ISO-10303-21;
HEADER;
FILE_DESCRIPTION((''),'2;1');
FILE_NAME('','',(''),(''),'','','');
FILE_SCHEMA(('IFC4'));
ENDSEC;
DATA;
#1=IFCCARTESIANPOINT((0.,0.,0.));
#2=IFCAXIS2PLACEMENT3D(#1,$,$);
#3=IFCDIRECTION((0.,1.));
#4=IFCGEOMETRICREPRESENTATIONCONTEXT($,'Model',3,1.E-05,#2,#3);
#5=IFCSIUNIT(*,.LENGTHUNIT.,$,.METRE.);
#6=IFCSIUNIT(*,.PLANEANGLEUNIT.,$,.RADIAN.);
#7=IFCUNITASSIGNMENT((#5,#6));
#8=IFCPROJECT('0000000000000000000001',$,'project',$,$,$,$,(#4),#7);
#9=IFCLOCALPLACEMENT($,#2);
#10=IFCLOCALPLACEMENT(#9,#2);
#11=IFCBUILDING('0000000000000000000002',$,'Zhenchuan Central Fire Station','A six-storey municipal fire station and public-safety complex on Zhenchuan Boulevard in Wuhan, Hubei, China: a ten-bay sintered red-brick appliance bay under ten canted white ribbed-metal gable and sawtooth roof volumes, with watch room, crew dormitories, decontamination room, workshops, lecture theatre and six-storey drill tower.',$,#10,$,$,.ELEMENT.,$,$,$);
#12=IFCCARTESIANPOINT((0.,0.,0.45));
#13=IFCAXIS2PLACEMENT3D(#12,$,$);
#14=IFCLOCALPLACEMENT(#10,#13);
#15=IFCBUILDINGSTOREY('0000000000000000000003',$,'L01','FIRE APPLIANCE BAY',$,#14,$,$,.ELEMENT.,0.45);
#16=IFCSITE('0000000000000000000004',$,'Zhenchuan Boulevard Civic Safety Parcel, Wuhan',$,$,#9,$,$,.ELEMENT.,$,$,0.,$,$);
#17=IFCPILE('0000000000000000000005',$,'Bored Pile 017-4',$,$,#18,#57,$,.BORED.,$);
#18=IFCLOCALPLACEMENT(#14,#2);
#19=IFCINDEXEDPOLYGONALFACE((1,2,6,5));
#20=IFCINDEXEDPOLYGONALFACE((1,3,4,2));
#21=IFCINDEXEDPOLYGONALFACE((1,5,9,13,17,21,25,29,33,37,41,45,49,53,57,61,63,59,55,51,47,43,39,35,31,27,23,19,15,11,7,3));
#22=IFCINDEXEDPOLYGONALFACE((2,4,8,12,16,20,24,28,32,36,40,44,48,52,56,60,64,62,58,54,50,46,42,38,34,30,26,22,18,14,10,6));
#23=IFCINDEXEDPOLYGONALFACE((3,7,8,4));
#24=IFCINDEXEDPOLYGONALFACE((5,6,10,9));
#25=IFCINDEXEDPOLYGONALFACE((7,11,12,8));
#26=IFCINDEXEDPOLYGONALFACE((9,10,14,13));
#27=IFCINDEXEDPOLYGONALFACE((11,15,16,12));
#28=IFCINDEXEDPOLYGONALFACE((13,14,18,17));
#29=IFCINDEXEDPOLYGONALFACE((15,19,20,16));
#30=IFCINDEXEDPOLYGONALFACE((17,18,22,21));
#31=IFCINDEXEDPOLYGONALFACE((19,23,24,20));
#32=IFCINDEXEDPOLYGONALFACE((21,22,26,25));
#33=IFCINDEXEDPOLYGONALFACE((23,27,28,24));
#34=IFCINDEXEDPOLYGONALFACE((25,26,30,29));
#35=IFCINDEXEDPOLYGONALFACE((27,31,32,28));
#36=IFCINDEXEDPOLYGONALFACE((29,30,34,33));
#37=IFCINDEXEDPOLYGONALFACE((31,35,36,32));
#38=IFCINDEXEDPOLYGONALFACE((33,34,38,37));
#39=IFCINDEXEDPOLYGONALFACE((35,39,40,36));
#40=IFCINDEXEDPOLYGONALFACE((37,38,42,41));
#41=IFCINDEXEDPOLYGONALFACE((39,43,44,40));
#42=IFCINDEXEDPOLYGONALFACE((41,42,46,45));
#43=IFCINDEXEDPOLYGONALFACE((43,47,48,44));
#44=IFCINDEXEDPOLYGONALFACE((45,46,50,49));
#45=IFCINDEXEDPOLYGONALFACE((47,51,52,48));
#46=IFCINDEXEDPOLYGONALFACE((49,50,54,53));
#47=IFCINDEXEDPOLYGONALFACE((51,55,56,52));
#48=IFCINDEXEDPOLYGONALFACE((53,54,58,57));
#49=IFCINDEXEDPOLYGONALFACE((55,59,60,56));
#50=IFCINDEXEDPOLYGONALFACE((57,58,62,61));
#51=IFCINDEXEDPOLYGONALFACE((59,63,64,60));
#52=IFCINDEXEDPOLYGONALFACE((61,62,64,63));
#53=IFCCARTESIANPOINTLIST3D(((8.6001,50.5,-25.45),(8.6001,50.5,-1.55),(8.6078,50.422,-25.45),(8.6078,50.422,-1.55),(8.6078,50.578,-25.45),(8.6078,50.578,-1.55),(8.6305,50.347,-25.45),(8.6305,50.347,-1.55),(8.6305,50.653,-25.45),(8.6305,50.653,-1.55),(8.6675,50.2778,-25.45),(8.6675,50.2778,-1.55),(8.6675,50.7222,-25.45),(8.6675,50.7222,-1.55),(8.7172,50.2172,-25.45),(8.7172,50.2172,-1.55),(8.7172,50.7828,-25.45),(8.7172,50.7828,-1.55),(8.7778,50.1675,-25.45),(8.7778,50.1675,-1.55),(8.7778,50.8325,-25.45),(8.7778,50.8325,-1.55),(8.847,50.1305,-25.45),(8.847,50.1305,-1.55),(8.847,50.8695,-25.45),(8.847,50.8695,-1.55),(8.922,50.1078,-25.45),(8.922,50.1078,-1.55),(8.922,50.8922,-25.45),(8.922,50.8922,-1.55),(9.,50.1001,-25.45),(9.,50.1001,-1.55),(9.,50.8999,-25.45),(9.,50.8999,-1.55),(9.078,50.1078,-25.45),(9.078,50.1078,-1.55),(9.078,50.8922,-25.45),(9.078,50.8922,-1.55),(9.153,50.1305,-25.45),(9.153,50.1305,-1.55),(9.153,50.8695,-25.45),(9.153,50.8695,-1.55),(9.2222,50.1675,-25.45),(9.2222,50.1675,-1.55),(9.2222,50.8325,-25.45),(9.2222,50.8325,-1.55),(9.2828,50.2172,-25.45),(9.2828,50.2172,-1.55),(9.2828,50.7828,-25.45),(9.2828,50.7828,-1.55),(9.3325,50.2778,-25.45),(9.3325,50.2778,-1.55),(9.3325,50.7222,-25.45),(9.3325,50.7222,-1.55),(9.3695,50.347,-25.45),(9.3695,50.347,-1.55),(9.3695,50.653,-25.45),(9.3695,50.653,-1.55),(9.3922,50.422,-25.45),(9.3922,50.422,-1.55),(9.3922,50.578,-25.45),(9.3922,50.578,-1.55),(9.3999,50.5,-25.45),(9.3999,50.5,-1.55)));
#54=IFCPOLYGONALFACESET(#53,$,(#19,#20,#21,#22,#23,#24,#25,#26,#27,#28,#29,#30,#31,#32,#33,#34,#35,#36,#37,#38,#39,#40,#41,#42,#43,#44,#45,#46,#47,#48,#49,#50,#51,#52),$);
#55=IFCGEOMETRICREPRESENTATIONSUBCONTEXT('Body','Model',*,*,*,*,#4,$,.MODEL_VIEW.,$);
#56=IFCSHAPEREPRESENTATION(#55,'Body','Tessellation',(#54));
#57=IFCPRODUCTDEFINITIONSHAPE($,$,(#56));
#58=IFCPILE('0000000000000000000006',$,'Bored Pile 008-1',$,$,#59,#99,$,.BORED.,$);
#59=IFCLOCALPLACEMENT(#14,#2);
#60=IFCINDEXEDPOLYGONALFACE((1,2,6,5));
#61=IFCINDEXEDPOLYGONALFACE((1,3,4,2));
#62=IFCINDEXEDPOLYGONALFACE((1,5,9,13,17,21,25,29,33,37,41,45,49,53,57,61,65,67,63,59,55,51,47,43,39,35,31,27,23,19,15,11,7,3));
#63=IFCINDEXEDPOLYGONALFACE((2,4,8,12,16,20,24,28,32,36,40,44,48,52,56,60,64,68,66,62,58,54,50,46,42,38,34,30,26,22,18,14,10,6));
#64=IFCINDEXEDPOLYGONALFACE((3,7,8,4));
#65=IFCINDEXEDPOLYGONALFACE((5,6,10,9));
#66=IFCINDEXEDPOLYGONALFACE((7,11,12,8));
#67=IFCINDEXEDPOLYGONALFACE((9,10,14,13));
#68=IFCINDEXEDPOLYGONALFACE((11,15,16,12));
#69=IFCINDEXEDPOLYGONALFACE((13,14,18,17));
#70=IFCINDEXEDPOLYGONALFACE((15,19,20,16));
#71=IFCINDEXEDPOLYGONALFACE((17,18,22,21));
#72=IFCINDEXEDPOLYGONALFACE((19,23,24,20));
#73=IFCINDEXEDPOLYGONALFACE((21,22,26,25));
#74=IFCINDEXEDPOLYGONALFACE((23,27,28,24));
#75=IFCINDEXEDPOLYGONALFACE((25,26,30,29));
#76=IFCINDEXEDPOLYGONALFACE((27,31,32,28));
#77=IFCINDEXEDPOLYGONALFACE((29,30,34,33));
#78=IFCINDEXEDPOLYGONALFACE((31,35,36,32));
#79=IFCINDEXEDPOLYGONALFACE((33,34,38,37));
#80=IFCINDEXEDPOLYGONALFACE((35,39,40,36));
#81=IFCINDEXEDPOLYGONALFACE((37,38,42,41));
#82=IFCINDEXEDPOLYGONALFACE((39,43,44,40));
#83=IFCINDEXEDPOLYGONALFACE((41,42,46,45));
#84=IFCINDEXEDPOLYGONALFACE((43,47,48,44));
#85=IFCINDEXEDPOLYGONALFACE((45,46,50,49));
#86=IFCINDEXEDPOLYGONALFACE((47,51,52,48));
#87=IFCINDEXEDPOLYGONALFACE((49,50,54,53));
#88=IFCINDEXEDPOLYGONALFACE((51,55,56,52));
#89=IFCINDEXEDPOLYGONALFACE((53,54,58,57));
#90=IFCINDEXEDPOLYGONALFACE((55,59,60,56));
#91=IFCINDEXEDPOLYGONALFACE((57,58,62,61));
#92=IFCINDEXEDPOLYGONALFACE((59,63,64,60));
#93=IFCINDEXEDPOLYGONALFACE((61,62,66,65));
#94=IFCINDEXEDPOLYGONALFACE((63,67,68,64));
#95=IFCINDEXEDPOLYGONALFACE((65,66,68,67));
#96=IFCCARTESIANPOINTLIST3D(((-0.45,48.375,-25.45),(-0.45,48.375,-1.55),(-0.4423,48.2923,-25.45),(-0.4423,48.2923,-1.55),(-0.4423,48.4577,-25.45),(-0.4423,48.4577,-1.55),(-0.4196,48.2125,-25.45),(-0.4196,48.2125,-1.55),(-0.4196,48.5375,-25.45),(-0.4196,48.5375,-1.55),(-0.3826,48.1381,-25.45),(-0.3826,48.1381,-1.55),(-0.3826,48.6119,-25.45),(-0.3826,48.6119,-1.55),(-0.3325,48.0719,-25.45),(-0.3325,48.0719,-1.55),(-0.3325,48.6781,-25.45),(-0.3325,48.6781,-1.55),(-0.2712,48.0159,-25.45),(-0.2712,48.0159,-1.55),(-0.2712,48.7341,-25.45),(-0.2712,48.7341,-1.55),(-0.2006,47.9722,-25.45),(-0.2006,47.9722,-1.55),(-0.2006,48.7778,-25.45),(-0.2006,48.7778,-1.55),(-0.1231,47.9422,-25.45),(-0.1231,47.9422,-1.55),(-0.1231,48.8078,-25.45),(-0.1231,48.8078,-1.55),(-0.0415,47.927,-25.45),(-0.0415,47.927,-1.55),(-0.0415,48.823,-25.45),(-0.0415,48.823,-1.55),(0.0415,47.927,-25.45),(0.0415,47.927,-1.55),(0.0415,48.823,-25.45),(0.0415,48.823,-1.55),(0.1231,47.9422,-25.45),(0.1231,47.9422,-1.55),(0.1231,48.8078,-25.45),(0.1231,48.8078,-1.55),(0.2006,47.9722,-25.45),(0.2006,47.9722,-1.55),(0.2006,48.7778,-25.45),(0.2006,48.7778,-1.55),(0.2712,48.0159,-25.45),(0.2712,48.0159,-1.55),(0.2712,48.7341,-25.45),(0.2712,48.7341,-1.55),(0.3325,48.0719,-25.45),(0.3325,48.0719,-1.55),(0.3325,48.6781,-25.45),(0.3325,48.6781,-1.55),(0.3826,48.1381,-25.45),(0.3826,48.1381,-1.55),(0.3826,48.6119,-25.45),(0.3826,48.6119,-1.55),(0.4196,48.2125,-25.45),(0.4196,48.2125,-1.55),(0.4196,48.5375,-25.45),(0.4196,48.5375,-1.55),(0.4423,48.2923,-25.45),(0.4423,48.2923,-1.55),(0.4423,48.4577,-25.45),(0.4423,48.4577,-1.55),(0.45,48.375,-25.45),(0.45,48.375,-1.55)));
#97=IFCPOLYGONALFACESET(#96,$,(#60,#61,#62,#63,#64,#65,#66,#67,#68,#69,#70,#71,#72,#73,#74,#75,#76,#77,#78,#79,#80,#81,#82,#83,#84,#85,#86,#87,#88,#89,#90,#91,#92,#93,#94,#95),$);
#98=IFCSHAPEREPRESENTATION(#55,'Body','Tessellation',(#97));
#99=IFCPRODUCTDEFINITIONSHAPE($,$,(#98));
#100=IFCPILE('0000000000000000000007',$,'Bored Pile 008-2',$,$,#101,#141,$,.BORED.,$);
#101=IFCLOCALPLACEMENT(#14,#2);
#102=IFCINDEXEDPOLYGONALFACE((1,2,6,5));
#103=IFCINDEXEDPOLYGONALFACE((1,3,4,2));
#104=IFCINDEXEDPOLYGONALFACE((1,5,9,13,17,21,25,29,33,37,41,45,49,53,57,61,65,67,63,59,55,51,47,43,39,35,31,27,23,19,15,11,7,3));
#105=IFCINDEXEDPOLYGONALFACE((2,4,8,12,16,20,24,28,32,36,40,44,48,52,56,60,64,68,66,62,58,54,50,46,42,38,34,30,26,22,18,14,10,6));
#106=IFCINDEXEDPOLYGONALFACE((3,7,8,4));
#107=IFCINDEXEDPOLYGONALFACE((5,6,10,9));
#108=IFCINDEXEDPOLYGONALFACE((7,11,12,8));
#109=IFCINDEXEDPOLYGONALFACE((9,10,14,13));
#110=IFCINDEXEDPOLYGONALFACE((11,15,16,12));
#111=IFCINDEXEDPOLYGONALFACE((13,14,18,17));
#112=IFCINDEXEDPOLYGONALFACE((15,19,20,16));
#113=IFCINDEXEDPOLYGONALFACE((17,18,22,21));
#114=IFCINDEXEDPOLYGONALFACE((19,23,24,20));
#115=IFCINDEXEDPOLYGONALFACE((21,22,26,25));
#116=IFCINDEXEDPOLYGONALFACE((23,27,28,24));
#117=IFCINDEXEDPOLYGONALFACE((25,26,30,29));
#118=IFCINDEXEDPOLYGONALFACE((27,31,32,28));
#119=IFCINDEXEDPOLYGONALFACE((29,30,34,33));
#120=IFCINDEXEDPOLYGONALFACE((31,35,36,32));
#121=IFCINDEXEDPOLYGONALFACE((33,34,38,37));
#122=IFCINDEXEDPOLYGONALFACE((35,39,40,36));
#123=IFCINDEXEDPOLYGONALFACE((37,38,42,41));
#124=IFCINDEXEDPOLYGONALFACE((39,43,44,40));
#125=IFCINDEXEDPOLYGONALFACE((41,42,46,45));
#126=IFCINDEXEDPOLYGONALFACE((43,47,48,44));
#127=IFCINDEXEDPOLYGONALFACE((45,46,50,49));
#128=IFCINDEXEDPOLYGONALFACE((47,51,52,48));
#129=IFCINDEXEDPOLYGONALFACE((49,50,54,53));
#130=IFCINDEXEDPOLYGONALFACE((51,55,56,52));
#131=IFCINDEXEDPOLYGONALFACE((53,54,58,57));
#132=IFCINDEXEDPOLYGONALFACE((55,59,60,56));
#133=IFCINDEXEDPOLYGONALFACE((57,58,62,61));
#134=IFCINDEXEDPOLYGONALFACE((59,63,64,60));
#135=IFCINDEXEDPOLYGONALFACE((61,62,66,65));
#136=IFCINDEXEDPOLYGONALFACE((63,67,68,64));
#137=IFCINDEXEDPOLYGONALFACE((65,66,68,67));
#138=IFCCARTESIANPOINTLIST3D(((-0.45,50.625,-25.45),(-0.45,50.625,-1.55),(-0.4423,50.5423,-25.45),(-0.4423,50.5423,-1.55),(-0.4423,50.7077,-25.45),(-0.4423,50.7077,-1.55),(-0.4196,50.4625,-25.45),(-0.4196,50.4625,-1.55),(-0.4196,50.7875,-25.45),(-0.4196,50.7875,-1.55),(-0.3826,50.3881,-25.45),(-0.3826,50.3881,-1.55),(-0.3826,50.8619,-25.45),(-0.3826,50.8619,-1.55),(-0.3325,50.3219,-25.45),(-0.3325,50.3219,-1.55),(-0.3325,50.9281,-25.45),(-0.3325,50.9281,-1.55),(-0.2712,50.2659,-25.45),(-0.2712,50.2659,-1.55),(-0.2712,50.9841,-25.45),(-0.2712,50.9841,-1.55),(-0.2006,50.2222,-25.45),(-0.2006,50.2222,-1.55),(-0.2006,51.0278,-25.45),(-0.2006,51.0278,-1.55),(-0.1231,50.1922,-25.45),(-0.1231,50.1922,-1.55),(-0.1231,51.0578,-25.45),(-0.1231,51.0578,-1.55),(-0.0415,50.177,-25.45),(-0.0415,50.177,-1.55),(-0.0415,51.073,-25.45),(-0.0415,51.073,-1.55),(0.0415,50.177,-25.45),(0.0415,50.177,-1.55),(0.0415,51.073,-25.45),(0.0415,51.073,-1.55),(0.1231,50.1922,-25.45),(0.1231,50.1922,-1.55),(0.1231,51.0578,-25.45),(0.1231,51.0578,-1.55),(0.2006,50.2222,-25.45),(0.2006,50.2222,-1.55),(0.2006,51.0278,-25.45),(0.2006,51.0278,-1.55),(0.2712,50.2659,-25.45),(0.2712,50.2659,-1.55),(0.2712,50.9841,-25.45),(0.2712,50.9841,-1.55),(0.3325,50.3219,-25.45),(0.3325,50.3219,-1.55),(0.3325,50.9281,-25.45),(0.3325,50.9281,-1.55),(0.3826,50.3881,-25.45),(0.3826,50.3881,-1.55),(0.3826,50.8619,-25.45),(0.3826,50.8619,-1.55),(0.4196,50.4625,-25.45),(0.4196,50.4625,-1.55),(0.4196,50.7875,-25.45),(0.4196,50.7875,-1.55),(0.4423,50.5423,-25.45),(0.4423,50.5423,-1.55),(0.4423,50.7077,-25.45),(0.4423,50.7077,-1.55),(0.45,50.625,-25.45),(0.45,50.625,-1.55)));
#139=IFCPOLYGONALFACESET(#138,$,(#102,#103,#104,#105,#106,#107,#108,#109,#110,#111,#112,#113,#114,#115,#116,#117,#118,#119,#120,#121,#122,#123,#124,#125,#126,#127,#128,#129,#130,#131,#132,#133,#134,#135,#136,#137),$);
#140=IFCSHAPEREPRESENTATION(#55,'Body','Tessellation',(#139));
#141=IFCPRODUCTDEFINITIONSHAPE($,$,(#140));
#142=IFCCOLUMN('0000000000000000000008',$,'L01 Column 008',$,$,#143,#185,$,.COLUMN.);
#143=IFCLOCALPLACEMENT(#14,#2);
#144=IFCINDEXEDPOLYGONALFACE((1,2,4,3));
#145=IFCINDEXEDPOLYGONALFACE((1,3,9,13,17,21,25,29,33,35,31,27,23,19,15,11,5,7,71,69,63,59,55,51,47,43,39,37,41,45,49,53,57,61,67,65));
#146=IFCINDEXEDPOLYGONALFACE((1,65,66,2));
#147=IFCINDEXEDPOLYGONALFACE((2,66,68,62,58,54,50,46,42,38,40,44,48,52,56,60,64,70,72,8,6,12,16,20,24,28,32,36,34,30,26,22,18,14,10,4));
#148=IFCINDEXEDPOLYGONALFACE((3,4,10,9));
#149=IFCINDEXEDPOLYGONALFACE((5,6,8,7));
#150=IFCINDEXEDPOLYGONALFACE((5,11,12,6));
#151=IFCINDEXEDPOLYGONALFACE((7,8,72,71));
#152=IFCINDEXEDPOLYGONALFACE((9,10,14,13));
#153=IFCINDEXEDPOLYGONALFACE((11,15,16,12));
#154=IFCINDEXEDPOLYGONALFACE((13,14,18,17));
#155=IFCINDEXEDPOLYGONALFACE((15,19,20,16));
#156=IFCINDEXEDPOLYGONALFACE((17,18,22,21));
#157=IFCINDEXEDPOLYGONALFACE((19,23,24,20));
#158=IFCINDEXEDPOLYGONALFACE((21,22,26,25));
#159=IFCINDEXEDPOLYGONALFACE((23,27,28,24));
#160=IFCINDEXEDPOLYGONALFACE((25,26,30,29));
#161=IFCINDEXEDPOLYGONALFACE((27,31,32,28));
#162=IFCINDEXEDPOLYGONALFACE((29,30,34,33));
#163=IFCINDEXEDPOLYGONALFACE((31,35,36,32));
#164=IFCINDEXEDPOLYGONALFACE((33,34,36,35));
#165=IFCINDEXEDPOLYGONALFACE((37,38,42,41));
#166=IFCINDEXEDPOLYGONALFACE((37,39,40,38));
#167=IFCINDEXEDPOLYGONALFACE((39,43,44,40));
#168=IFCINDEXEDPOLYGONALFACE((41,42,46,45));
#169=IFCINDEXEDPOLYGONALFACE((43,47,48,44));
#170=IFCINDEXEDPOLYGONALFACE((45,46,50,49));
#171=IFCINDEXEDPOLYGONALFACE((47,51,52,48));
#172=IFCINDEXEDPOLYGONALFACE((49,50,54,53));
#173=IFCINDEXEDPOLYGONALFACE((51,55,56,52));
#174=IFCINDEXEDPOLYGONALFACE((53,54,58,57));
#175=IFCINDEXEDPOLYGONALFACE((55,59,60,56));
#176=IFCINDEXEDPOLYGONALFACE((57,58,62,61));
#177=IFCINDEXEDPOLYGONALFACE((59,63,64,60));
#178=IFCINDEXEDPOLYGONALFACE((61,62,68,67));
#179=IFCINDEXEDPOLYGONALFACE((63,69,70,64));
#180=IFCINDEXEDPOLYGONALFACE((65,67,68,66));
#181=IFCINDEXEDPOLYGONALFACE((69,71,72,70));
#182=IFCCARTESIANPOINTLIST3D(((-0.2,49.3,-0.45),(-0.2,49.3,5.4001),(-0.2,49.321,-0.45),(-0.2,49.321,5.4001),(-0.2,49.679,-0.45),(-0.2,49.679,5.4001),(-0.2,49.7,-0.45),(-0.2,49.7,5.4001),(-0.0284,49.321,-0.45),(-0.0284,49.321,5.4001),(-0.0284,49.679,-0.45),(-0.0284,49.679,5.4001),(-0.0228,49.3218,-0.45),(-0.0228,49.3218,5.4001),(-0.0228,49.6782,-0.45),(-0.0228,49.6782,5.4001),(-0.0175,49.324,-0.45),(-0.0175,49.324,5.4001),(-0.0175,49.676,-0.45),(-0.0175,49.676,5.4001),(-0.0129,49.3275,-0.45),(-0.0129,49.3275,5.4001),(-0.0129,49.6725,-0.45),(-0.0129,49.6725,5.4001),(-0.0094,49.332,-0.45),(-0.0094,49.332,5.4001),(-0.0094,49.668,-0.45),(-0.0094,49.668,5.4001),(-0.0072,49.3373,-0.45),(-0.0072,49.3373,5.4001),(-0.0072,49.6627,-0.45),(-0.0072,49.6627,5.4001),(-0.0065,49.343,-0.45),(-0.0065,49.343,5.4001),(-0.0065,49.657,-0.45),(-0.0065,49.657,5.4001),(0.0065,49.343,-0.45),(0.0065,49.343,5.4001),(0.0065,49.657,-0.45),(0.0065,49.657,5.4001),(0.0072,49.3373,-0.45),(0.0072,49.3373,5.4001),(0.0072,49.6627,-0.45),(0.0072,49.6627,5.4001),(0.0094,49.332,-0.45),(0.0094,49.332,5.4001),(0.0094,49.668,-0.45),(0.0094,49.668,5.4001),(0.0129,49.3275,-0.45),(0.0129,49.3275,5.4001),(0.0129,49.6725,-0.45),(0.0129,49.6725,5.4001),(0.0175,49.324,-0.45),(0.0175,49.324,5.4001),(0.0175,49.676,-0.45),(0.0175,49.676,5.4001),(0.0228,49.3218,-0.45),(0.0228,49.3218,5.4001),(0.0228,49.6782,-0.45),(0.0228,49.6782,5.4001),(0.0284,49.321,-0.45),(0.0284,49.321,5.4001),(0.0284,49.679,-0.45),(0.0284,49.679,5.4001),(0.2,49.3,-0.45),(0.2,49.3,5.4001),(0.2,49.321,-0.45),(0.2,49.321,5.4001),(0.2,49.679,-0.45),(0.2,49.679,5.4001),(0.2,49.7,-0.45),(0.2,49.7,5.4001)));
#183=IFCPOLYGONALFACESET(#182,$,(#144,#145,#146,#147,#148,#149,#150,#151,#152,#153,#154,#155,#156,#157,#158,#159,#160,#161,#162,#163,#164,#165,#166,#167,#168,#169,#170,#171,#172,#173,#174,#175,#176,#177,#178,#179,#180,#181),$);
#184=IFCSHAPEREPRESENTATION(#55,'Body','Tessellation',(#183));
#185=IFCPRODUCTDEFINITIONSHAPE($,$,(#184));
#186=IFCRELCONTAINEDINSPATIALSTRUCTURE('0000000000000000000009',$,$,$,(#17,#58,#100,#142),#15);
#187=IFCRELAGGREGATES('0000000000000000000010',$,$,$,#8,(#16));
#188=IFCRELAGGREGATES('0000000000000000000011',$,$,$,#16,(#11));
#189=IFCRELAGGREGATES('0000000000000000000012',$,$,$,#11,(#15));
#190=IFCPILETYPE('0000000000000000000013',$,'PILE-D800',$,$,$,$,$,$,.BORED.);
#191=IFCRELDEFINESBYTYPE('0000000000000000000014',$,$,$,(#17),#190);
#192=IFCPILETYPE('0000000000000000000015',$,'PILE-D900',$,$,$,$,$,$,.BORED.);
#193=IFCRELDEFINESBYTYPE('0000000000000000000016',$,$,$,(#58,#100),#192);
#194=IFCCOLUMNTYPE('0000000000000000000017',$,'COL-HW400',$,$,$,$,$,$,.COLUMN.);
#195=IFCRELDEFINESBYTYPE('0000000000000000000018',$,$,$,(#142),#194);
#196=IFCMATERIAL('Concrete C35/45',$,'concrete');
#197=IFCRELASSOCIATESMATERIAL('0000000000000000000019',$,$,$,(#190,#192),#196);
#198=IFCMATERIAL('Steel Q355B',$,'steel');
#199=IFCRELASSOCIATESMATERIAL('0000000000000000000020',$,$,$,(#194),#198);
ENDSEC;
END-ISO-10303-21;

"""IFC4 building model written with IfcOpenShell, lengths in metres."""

from ifc_helpers import new_model, si_unit, direction, frame, origin, origin_2d, place, context, subcontext, project, spatial, circle, i_section, extrude, material, material_profile, profile_set, type_object, element, save


model = new_model("IFC4")

# Units and contexts
model_context = context("Model", 3, precision=1e-05, world=origin(), true_north=direction((0.0, 1.0)))
body_context = subcontext(model_context, "Body", "Model", "MODEL_VIEW")
ifc_project = project(units=[si_unit("LENGTHUNIT", "METRE"), si_unit("PLANEANGLEUNIT", "RADIAN")], contexts=[model_context])

# Site, building, storey
site_placement = place(None, origin())
site = spatial("IfcSite", under=ifc_project, at=site_placement, Name="Zhenchuan Boulevard Civic Safety Parcel, Wuhan", CompositionType="ELEMENT", RefElevation=0.0)
building_placement = place(site_placement, origin())
building = spatial("IfcBuilding", under=site, at=building_placement, Name="Zhenchuan Central Fire Station", Description="A six-storey municipal fire station and public-safety complex on Zhenchuan Boulevard in Wuhan, Hubei, China: a ten-bay sintered red-brick appliance bay under ten canted white ribbed-metal gable and sawtooth roof volumes, with watch room, crew dormitories, decontamination room, workshops, lecture theatre and six-storey drill tower.", CompositionType="ELEMENT")
storey_placement = place(building_placement, frame((0.0, 0.0, 0.45)))
storey = spatial("IfcBuildingStorey", under=building, at=storey_placement, Name="L01", Description="FIRE APPLIANCE BAY", CompositionType="ELEMENT", Elevation=0.45)

# Piles
ifc_material_1 = material(Name="Concrete C35/45", Category="concrete")
ifc_material_profile_1 = material_profile(ifc_material_1, circle(Radius=0.3999, at=origin_2d()), Name="PILE D800")
ifc_profile_set_1 = profile_set([ifc_material_profile_1], Name="Concrete C35/45")
pile_type_1 = type_object("IfcPileType", Name="PILE-D800", PredefinedType="BORED", material=ifc_profile_set_1)
for number, where, z_axis, x_axis, name in (
    (1, (9.0, 50.5, -1.55), (0.0, 0.0, -1.0), (1.0, 0.0, 0.0), "Bored Pile 017-4"),
):
    element("IfcPile", number, at=place(storey_placement, frame(where, z_axis=z_axis, x_axis=x_axis)), inside=storey, type_object=pile_type_1, Name=name, PredefinedType="BORED", context=body_context, shape_type="SweptSolid", body=[
        extrude(circle(Radius=0.3999, at=origin_2d()), origin(), (0.0, 0.0, 1.0), 23.8999),
    ])
ifc_material_profile_2 = material_profile(ifc_material_1, circle(Radius=0.45, at=origin_2d()), Name="PILE D900")
ifc_profile_set_2 = profile_set([ifc_material_profile_2], Name="Concrete C35/45")
pile_type_2 = type_object("IfcPileType", Name="PILE-D900", PredefinedType="BORED", material=ifc_profile_set_2)
for number, where, z_axis, x_axis, name in (
    (2, (0.0, 48.375, -1.55), (0.0, 0.0, -1.0), (1.0, 0.0, 0.0), "Bored Pile 008-1"),
    (3, (0.0, 50.625, -1.55), (0.0, 0.0, -1.0), (1.0, 0.0, 0.0), "Bored Pile 008-2"),
):
    element("IfcPile", number, at=place(storey_placement, frame(where, z_axis=z_axis, x_axis=x_axis)), inside=storey, type_object=pile_type_2, Name=name, PredefinedType="BORED", context=body_context, shape_type="SweptSolid", body=[
        extrude(circle(Radius=0.45, at=origin_2d()), origin(), (0.0, 0.0, 1.0), 23.8999),
    ])

# Column
ifc_material_2 = material(Name="Steel Q355B", Category="steel")
ifc_material_profile_3 = material_profile(ifc_material_2, i_section(OverallWidth=0.3999, OverallDepth=0.3999, WebThickness=0.0129, FlangeThickness=0.021, FilletRadius=0.022, at=origin_2d()), Name="HW 400x400")
ifc_profile_set_3 = profile_set([ifc_material_profile_3], Name="Steel Q355B")
column_type_1 = type_object("IfcColumnType", Name="COL-HW400", PredefinedType="COLUMN", material=ifc_profile_set_3)
column_1_placement = place(storey_placement, frame((0.0, 49.5, -0.45), z_axis=(0.0, 0.0, 1.0), x_axis=(1.0, 0.0, 0.0)))
element("IfcColumn", 4, at=column_1_placement, inside=storey, type_object=column_type_1, Name="L01 Column 008", PredefinedType="COLUMN", context=body_context, shape_type="SweptSolid", body=[
    extrude(i_section(OverallWidth=0.3999, OverallDepth=0.3999, WebThickness=0.0129, FlangeThickness=0.021, FilletRadius=0.022, at=origin_2d()), origin(), (0.0, 0.0, 1.0), 5.8501),
])

save(model, "model.ifc")
